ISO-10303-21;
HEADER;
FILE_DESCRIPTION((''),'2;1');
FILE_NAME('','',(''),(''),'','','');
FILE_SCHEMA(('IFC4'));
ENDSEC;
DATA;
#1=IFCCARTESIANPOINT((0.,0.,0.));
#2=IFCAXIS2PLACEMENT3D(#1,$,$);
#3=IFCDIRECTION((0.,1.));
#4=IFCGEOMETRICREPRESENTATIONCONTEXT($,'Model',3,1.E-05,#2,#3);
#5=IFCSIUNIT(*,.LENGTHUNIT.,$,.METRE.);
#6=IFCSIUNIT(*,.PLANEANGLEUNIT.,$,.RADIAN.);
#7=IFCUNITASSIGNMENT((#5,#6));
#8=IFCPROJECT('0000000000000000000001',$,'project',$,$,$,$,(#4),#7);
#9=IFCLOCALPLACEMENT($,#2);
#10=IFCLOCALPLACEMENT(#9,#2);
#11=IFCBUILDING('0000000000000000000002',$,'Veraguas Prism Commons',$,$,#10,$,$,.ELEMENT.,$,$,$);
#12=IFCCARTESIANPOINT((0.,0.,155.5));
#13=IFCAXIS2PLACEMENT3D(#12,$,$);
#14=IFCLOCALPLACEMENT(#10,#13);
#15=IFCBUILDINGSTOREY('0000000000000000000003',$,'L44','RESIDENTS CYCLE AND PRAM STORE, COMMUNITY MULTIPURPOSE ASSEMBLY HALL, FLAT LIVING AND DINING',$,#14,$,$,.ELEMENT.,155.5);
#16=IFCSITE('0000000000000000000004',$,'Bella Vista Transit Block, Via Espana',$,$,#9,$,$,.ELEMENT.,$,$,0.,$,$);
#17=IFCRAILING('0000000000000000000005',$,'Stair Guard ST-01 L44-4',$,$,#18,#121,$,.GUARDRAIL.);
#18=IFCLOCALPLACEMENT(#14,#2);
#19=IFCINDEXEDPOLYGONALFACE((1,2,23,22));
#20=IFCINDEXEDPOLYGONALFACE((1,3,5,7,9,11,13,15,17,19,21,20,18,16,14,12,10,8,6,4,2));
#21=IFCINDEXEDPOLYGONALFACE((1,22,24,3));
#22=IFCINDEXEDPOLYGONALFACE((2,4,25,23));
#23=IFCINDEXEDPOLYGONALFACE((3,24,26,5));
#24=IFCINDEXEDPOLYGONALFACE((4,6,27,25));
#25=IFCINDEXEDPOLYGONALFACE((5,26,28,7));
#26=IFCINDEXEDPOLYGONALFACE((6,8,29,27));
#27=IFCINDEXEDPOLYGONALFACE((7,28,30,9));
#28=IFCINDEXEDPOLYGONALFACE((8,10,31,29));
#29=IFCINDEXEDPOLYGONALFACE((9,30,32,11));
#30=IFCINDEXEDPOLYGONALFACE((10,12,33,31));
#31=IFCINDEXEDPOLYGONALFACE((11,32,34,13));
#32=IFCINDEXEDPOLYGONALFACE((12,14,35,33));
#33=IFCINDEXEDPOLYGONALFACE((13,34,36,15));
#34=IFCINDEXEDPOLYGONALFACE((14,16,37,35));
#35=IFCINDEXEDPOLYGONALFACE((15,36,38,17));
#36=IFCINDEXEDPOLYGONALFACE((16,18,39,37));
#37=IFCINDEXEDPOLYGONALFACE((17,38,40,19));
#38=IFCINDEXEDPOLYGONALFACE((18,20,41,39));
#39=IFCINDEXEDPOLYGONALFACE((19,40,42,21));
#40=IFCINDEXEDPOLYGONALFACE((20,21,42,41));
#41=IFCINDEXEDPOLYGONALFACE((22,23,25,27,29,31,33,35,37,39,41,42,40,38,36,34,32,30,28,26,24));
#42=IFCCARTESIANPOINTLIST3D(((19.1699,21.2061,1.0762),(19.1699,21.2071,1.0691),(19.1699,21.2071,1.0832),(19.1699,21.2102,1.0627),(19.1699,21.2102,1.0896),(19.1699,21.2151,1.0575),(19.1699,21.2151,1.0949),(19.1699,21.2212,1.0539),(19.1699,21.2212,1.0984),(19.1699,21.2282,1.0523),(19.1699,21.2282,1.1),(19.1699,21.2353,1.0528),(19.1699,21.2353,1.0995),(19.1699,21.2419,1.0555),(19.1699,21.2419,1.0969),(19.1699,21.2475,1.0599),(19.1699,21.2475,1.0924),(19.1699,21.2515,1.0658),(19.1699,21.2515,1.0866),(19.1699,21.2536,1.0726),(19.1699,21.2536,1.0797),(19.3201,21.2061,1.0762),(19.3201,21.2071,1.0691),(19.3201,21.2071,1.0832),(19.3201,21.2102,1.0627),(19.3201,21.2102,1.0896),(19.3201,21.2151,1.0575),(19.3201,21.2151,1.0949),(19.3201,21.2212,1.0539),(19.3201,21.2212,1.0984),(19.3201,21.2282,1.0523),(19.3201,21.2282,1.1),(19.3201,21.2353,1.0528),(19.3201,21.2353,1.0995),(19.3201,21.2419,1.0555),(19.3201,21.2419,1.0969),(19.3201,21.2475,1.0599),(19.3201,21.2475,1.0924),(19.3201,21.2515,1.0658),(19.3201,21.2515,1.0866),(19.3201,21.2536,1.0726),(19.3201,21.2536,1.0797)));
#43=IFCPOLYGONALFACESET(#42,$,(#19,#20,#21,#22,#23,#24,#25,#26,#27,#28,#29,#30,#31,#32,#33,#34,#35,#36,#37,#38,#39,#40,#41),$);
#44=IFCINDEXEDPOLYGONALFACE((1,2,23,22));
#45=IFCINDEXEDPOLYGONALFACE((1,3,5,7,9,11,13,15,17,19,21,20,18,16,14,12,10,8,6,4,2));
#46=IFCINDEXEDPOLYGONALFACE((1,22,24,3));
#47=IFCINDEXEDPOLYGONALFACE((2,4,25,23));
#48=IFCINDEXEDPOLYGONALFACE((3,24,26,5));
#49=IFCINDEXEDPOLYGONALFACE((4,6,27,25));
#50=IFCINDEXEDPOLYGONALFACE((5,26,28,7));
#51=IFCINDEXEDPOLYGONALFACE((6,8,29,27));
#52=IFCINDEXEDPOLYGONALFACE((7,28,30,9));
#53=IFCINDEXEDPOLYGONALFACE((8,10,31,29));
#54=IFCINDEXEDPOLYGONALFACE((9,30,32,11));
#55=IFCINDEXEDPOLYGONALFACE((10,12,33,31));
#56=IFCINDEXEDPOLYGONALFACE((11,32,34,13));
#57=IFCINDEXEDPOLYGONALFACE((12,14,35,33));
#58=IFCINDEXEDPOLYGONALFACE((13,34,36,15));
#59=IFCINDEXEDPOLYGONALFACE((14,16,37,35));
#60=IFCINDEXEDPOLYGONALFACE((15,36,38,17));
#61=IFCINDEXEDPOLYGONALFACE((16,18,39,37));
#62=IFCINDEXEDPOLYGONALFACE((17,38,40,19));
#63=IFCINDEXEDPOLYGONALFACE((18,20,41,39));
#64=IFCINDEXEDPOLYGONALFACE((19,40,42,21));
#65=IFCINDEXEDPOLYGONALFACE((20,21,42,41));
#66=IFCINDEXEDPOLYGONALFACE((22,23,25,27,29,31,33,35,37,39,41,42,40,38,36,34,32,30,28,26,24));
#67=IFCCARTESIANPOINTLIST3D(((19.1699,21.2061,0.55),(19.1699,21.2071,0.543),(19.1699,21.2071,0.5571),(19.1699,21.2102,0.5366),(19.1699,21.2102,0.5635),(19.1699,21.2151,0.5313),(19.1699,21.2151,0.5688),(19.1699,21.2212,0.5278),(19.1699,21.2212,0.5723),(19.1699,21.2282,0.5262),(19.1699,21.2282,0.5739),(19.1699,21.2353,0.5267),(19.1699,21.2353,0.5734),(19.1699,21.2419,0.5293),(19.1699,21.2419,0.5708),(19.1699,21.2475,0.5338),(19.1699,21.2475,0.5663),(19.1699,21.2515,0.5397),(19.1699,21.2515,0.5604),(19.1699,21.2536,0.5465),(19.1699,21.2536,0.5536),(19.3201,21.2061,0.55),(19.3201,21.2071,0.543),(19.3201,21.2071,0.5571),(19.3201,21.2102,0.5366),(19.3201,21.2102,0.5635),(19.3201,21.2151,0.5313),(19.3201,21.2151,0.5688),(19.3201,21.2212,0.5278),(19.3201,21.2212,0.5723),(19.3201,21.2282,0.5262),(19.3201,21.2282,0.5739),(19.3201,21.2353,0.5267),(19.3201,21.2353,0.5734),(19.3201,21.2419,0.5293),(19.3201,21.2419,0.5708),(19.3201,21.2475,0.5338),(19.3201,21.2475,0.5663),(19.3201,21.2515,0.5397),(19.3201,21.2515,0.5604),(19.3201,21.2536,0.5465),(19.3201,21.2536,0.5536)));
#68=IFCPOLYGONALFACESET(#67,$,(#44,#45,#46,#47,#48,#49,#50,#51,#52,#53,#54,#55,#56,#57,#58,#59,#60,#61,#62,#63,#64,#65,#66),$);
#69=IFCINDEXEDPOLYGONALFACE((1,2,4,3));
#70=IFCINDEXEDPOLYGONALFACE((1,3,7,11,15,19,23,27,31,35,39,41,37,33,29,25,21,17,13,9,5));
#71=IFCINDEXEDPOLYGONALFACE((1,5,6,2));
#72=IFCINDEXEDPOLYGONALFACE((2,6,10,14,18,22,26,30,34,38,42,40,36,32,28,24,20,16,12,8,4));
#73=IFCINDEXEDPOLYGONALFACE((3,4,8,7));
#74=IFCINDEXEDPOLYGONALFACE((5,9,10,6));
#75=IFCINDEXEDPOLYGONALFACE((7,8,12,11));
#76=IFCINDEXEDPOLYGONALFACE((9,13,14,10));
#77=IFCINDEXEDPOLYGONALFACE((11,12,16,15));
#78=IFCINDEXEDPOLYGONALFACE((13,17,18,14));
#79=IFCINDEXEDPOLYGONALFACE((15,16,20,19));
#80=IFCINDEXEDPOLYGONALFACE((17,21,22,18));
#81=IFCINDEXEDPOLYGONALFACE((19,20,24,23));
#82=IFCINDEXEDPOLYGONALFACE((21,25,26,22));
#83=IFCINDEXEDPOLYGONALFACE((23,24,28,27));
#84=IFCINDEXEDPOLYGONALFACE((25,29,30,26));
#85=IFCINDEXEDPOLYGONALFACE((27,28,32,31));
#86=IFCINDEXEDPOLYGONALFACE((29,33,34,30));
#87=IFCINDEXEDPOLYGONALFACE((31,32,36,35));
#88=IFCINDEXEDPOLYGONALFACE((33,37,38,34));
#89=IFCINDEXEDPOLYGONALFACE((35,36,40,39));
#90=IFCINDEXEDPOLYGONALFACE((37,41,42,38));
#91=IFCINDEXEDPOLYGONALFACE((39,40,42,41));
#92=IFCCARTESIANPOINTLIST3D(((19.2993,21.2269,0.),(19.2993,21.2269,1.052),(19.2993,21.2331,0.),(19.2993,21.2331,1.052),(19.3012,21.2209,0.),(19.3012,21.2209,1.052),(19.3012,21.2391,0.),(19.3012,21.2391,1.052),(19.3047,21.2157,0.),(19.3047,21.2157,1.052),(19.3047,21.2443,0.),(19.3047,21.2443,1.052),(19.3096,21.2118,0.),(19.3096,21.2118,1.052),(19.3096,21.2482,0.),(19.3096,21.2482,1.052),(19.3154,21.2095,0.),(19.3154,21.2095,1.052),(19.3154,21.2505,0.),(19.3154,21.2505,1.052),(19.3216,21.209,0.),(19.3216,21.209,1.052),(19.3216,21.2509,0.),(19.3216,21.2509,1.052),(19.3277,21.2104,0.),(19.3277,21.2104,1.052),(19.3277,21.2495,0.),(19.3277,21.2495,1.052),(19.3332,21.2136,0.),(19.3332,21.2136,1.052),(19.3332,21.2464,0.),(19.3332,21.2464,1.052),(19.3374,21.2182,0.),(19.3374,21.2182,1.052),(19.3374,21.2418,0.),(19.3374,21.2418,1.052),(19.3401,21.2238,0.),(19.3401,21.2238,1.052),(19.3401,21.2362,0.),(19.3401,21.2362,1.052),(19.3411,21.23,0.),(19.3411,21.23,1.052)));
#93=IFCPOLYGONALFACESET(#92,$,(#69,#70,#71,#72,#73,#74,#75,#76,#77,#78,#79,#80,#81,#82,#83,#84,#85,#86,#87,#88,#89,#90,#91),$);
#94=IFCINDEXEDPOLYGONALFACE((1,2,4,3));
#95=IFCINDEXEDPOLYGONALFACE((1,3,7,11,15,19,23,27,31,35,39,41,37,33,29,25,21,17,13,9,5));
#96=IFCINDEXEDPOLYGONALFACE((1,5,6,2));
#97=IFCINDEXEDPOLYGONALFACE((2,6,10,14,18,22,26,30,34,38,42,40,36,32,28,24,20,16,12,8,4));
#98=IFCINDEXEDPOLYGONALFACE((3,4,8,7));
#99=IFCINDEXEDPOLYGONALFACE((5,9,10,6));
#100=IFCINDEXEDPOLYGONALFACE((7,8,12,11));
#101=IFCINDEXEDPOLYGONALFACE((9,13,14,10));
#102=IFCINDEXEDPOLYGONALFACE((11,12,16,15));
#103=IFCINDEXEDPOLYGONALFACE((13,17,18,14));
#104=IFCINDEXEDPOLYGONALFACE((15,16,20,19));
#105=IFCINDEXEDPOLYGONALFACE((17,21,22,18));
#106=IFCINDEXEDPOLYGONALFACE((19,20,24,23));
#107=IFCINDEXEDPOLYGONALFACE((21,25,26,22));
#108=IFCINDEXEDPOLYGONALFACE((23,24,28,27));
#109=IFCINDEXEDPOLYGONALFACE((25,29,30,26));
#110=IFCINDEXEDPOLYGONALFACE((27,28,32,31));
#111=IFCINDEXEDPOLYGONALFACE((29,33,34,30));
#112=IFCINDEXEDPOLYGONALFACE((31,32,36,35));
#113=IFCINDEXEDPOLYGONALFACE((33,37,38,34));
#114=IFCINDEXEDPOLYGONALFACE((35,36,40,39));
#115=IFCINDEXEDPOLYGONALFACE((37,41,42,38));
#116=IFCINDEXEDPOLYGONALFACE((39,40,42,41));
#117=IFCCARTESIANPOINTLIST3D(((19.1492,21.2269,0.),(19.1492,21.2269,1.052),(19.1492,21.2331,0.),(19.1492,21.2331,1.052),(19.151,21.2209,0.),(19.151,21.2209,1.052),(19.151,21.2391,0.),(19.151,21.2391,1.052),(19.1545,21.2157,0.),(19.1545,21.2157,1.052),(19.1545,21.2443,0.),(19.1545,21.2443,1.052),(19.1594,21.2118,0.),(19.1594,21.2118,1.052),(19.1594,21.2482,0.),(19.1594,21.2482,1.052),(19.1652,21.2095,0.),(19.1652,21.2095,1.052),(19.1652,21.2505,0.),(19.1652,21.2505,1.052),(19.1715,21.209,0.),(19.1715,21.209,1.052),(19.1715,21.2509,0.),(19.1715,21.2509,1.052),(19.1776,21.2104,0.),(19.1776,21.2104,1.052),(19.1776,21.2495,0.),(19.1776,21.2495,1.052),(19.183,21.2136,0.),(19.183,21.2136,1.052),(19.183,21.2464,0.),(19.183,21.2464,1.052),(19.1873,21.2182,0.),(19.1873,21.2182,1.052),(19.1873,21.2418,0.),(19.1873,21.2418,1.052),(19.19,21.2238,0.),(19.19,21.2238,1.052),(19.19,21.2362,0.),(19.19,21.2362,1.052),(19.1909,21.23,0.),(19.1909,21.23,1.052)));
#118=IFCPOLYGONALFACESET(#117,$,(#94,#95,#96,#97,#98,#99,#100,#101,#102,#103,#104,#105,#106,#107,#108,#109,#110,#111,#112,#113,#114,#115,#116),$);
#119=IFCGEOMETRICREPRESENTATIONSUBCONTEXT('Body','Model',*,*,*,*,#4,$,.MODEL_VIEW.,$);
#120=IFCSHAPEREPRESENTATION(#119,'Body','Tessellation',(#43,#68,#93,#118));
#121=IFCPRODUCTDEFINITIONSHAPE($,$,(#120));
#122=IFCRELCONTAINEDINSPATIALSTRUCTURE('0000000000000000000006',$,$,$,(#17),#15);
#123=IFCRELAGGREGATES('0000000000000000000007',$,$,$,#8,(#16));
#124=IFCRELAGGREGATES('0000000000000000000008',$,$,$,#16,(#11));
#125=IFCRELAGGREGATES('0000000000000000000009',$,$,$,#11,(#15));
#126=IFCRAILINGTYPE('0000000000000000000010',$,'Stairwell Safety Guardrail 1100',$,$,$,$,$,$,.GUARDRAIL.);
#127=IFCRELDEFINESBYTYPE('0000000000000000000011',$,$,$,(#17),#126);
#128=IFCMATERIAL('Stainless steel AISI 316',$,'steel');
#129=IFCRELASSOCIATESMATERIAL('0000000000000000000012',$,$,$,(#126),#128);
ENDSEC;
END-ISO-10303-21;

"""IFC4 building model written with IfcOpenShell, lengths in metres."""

from ifc_helpers import new_model, si_unit, direction, frame, origin, origin_2d, place, context, subcontext, project, spatial, circle, extrude, material, type_object, element, save


model = new_model("IFC4")

# Units and contexts
model_context = context("Model", 3, precision=1e-05, world=origin(), true_north=direction((0.0, 1.0)))
body_context = subcontext(model_context, "Body", "Model", "MODEL_VIEW")
ifc_project = project(units=[si_unit("LENGTHUNIT", "METRE"), si_unit("PLANEANGLEUNIT", "RADIAN")], contexts=[model_context])

# Site, building, storey
site_placement = place(None, origin())
site = spatial("IfcSite", under=ifc_project, at=site_placement, Name="Bella Vista Transit Block, Via Espana", CompositionType="ELEMENT", RefElevation=0.0)
building_placement = place(site_placement, origin())
building = spatial("IfcBuilding", under=site, at=building_placement, Name="Veraguas Prism Commons", CompositionType="ELEMENT")
storey_placement = place(building_placement, frame((0.0, 0.0, 155.5)))
storey = spatial("IfcBuildingStorey", under=building, at=storey_placement, Name="L44", Description="RESIDENTS CYCLE AND PRAM STORE, COMMUNITY MULTIPURPOSE ASSEMBLY HALL, FLAT LIVING AND DINING", CompositionType="ELEMENT", Elevation=155.5)

# Railing
ifc_material_1 = material(Name="Stainless steel AISI 316", Category="steel")
railing_type_1 = type_object("IfcRailingType", Name="Stairwell Safety Guardrail 1100", PredefinedType="GUARDRAIL", material=ifc_material_1)
railing_1_placement = place(storey_placement, frame((19.3201, 21.23, 0.0)))
element("IfcRailing", 1, at=railing_1_placement, inside=storey, type_object=railing_type_1, Name="Stair Guard ST-01 L44-4", PredefinedType="GUARDRAIL", context=body_context, shape_type="SweptSolid", body=[
    extrude(circle(Radius=0.0239, at=origin_2d()), frame((0.0, 0.0, 1.0762), z_axis=(-1.0, 0.0, 0.0), x_axis=(0.0, -1.0, 0.0)), (0.0, 0.0, 1.0), 0.1501),
    extrude(circle(Radius=0.0239, at=origin_2d()), frame((0.0, 0.0, 0.55), z_axis=(-1.0, 0.0, 0.0), x_axis=(0.0, -1.0, 0.0)), (0.0, 0.0, 1.0), 0.1501),
    extrude(circle(Radius=0.021, at=origin_2d()), origin(), (0.0, 0.0, 1.0), 1.052),
    extrude(circle(Radius=0.021, at=origin_2d()), frame((-0.1501, 0.0, 0.0)), (0.0, 0.0, 1.0), 1.052),
])

save(model, "model.ifc")
